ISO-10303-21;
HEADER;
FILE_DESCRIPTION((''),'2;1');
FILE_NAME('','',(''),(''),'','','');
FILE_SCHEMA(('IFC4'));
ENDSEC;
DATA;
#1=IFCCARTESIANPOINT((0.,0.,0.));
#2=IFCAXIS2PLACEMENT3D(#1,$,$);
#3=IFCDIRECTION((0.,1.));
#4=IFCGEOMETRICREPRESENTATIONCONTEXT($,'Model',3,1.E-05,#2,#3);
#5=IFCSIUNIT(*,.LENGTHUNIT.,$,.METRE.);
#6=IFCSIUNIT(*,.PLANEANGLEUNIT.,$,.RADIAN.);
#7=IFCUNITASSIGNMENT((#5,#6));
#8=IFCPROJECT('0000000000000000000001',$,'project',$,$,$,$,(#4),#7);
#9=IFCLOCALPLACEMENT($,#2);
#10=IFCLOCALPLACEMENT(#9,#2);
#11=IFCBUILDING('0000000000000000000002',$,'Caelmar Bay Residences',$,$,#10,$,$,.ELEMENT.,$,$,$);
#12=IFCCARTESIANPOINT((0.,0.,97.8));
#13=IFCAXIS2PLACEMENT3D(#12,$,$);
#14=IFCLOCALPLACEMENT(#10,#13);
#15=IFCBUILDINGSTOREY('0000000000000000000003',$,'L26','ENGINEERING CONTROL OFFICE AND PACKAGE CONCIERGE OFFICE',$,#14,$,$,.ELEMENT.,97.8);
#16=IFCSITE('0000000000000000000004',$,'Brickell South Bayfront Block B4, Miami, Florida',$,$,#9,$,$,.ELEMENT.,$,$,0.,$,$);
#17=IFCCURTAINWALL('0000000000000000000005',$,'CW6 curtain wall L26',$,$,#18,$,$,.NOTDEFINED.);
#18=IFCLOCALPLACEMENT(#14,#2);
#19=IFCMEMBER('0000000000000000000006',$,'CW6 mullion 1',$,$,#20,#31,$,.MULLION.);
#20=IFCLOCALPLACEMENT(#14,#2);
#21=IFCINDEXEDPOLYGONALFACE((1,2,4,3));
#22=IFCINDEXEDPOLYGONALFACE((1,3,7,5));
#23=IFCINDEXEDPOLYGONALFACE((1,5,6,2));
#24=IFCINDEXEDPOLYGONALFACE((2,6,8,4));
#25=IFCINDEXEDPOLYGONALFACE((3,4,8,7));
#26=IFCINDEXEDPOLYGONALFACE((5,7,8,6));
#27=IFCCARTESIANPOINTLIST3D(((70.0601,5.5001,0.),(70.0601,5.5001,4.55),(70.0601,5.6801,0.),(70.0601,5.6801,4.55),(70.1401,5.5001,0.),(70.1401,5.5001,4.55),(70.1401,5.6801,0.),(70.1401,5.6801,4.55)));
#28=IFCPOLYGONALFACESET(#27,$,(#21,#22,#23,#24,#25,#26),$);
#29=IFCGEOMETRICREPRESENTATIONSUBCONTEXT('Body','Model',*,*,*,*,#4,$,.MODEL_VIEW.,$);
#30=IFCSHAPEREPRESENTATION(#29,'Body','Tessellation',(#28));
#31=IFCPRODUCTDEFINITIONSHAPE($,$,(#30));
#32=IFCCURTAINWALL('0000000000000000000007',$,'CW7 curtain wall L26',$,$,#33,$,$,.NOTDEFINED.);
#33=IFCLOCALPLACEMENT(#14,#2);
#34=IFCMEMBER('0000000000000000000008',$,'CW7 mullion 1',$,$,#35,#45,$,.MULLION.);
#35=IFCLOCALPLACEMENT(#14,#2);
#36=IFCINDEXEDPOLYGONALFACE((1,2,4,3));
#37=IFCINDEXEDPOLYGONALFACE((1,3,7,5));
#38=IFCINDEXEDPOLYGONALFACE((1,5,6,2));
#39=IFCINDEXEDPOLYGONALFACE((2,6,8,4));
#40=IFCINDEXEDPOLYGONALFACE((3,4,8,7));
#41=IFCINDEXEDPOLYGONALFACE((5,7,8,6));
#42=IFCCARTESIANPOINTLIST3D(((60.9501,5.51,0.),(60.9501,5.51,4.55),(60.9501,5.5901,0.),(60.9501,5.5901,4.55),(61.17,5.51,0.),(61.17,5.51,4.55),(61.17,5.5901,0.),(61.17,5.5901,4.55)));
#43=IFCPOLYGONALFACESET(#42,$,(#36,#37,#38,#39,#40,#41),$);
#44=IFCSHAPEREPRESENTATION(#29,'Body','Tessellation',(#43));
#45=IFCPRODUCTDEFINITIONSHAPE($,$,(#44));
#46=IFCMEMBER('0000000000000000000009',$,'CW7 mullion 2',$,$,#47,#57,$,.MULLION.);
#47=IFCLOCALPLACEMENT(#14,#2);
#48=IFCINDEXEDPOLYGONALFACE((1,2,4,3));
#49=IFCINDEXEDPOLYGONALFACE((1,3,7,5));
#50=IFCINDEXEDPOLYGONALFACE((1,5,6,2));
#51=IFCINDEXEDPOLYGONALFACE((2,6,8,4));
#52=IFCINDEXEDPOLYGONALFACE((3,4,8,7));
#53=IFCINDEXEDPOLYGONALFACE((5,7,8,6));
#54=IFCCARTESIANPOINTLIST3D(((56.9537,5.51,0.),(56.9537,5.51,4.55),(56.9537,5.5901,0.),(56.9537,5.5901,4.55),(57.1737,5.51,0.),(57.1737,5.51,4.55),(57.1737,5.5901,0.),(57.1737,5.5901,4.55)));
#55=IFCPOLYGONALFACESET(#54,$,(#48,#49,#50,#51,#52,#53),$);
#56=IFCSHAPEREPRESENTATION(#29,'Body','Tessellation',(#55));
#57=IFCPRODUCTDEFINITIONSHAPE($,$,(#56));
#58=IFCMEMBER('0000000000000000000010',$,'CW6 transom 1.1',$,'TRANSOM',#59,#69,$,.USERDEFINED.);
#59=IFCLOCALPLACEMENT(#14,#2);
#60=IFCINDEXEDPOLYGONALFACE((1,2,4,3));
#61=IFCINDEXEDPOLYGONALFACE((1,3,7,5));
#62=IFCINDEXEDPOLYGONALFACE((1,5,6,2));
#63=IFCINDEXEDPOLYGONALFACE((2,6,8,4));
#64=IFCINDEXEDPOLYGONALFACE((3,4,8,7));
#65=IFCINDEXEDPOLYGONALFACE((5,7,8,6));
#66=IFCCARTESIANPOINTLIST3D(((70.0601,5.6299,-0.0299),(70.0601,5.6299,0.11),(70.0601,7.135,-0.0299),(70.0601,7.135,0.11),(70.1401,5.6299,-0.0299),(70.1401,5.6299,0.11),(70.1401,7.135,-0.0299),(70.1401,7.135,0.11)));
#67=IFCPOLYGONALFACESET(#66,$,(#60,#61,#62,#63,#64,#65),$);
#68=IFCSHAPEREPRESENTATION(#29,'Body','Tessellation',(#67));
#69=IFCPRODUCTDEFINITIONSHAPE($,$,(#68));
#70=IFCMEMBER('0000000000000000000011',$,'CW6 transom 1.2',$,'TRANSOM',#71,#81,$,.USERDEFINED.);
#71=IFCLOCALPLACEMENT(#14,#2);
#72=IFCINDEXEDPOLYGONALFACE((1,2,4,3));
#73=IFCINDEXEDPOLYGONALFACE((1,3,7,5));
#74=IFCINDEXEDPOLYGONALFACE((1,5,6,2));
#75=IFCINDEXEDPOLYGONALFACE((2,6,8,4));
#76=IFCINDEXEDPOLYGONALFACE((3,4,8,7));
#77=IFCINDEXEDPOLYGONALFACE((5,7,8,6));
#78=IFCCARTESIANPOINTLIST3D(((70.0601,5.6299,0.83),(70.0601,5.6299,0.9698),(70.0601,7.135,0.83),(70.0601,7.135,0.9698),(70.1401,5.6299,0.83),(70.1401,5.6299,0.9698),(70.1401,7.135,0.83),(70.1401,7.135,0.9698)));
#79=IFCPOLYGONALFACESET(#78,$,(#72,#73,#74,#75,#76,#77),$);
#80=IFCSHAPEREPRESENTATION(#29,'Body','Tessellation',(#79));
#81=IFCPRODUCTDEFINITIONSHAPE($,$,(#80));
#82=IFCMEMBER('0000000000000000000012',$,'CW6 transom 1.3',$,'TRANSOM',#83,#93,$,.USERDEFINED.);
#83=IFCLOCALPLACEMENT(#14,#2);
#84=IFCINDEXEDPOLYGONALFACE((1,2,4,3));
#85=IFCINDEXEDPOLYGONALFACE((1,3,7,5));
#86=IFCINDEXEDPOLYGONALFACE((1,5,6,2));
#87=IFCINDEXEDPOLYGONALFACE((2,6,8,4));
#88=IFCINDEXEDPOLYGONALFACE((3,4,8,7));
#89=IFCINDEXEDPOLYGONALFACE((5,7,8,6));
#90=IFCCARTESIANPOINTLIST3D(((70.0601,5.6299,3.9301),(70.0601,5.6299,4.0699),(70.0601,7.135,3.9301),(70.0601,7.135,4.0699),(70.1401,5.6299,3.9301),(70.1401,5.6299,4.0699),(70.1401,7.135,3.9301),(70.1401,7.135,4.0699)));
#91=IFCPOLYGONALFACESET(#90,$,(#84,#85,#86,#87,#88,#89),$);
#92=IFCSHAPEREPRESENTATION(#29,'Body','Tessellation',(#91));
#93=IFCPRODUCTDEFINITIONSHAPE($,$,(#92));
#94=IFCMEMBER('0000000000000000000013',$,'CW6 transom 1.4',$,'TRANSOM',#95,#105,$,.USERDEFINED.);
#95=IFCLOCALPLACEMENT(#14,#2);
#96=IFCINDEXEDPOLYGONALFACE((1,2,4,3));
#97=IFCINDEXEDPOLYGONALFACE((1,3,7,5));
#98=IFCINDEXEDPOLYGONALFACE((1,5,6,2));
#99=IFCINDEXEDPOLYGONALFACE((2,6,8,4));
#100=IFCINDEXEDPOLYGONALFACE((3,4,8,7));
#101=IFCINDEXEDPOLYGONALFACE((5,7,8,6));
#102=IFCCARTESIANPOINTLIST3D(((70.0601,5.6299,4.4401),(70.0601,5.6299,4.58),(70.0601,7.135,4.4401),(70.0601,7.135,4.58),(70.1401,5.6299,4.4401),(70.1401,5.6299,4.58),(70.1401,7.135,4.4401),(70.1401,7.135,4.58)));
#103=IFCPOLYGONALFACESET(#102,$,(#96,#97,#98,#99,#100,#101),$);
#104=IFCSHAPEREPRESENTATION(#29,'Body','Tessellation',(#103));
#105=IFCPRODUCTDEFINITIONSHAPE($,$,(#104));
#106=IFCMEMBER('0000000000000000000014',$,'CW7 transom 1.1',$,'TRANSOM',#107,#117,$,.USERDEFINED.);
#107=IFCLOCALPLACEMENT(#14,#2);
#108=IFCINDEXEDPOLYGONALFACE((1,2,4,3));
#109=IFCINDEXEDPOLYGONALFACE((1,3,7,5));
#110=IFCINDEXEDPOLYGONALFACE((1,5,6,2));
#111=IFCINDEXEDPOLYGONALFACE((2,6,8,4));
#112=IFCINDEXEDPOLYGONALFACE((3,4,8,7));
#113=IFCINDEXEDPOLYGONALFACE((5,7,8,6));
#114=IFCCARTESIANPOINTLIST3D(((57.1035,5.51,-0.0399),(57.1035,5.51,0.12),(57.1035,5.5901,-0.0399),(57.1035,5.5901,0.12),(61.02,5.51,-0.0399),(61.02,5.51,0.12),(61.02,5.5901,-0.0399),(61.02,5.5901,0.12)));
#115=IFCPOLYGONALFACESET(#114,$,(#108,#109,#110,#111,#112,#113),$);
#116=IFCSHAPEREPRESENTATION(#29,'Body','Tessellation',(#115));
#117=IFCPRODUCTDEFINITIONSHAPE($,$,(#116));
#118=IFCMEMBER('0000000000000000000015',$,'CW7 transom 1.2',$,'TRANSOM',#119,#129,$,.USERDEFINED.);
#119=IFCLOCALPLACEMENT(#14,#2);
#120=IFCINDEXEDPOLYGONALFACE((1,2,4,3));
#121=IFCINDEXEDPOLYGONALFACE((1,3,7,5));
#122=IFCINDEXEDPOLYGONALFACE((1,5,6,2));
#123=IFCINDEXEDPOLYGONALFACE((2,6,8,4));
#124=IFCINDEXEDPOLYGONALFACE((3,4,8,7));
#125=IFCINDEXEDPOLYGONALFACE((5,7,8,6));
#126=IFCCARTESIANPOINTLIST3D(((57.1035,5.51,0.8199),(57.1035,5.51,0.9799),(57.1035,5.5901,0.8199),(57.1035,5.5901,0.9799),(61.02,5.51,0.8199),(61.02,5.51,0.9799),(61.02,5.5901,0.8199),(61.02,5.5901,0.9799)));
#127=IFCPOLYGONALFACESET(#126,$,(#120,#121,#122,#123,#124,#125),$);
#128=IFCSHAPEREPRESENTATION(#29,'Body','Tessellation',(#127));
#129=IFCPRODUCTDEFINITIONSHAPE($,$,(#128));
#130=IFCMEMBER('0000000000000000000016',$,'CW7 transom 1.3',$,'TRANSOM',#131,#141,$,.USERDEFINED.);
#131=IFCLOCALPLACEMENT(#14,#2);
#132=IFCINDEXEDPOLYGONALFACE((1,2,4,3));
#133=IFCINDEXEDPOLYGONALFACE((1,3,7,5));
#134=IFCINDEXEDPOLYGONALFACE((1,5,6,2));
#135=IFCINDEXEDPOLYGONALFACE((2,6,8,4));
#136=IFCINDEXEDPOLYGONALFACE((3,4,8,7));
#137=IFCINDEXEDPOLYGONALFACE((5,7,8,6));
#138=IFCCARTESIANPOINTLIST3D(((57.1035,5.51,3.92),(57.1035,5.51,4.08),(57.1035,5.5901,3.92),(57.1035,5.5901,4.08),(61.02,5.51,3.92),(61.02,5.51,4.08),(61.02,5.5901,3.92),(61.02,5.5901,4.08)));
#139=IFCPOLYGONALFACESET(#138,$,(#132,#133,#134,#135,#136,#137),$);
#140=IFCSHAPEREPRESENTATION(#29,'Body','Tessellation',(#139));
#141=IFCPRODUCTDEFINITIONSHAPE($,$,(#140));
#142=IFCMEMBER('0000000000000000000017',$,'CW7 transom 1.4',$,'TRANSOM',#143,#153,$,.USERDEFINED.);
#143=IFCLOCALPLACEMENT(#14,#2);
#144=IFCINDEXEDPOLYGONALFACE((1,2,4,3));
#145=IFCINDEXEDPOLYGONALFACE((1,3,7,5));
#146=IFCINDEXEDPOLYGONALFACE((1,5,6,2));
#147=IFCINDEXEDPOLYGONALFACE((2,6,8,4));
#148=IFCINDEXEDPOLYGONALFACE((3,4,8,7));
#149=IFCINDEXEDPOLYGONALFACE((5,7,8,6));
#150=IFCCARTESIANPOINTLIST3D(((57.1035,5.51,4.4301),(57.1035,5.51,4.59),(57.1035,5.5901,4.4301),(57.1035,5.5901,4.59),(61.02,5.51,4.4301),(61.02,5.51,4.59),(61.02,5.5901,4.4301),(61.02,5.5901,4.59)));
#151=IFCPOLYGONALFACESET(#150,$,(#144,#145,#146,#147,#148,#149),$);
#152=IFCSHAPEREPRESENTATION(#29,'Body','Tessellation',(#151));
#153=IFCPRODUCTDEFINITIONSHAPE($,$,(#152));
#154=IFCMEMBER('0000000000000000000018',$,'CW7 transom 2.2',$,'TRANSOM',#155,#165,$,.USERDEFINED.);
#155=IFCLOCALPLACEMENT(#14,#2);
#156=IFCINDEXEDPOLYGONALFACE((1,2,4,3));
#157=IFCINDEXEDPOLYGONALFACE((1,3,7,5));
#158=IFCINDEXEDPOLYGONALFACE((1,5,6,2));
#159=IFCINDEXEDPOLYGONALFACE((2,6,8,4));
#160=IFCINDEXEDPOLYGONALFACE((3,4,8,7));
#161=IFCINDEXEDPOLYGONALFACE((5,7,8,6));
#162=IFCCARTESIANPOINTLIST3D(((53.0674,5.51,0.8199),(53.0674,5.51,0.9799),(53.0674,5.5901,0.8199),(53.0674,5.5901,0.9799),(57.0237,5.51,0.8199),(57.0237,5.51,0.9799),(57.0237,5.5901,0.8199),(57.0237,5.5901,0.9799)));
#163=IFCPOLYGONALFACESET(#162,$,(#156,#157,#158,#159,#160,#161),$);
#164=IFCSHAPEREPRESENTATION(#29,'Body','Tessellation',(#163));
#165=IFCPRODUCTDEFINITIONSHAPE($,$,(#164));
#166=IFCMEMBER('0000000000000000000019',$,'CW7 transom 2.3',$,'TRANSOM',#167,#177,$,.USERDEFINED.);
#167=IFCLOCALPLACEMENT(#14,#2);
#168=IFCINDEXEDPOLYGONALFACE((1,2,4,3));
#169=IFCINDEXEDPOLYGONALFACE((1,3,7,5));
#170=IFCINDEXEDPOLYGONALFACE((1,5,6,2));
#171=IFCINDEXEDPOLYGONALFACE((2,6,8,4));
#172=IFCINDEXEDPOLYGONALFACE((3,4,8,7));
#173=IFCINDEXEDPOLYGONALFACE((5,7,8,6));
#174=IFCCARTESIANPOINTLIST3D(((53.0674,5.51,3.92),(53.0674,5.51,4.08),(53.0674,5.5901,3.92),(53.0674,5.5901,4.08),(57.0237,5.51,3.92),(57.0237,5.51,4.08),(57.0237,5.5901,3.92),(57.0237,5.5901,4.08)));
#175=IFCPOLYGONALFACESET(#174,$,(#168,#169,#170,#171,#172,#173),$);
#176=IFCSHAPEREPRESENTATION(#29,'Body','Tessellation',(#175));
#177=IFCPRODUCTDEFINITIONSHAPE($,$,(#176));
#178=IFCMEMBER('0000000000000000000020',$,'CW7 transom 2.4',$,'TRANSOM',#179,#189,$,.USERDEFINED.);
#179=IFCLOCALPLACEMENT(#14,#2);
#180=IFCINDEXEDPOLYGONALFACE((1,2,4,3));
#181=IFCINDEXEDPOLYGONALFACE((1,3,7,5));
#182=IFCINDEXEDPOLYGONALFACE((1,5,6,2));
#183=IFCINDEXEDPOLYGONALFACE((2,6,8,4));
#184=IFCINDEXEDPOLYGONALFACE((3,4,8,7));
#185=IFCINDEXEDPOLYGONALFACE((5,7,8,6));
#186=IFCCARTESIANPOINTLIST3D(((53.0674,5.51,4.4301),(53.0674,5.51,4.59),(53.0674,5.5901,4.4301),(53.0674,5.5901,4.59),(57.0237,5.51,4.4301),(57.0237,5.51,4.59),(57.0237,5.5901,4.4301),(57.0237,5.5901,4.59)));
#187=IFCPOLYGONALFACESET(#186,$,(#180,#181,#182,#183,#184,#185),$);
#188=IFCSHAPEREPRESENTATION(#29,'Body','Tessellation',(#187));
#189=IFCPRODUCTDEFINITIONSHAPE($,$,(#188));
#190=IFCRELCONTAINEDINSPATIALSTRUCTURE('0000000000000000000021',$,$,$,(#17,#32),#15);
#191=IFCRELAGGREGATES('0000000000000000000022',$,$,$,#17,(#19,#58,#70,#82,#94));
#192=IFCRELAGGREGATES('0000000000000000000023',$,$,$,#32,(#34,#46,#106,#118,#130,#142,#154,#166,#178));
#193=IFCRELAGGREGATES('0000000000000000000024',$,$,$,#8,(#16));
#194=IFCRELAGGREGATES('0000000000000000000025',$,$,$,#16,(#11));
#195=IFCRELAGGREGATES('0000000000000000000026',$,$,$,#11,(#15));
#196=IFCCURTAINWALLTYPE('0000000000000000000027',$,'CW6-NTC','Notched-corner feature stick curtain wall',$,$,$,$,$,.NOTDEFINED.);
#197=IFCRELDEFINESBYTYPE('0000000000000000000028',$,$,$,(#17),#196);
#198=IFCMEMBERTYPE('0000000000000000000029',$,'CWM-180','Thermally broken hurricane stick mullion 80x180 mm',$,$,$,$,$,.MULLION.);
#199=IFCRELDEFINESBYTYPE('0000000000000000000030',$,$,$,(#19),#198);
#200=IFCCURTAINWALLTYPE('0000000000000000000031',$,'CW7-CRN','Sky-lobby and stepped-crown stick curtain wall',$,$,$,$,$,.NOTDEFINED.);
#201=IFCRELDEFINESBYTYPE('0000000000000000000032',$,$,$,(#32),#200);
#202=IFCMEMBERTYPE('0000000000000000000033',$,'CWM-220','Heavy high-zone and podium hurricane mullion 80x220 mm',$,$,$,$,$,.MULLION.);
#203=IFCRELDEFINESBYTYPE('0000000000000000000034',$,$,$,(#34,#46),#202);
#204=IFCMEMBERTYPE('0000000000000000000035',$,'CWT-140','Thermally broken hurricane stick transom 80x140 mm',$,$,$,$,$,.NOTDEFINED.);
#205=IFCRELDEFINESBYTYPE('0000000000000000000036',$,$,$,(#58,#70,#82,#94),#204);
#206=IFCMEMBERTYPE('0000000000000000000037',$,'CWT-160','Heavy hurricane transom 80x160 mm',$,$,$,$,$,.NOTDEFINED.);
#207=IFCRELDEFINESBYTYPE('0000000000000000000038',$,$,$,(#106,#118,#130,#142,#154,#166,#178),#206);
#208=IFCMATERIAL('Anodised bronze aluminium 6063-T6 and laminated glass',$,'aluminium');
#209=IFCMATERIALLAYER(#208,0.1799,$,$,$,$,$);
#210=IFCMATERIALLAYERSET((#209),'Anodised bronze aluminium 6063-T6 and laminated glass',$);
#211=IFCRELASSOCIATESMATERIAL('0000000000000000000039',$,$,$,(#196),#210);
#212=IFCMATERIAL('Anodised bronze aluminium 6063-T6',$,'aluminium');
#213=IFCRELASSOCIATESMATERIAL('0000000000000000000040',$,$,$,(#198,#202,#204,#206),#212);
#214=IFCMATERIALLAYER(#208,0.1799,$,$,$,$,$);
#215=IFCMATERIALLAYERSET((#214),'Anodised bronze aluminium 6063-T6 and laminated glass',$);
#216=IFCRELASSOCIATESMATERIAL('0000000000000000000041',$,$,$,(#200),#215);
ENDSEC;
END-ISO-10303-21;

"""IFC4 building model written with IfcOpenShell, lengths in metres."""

from ifc_helpers import new_model, si_unit, direction, frame, origin, origin_2d, place, context, subcontext, project, spatial, rectangle, extrude, material, layer, layer_set, material_profile, profile_set, type_object, element, aggregate, save


model = new_model("IFC4")

# Units and contexts
model_context = context("Model", 3, precision=1e-05, world=origin(), true_north=direction((0.0, 1.0)))
body_context = subcontext(model_context, "Body", "Model", "MODEL_VIEW")
ifc_project = project(units=[si_unit("LENGTHUNIT", "METRE"), si_unit("PLANEANGLEUNIT", "RADIAN")], contexts=[model_context])

# Site, building, storey
site_placement = place(None, origin())
site = spatial("IfcSite", under=ifc_project, at=site_placement, Name="Brickell South Bayfront Block B4, Miami, Florida", CompositionType="ELEMENT", RefElevation=0.0)
building_placement = place(site_placement, origin())
building = spatial("IfcBuilding", under=site, at=building_placement, Name="Caelmar Bay Residences", CompositionType="ELEMENT")
storey_placement = place(building_placement, frame((0.0, 0.0, 97.8)))
storey = spatial("IfcBuildingStorey", under=building, at=storey_placement, Name="L26", Description="ENGINEERING CONTROL OFFICE AND PACKAGE CONCIERGE OFFICE", CompositionType="ELEMENT", Elevation=97.8)

# Curtain wall, member
ifc_material_1 = material(Name="Anodised bronze aluminium 6063-T6 and laminated glass", Category="aluminium")
ifc_layer_1 = layer(ifc_material_1, 0.1799)
ifc_layer_set_1 = layer_set([ifc_layer_1], Name="Anodised bronze aluminium 6063-T6 and laminated glass")
curtain_wall_type_1 = type_object("IfcCurtainWallType", Name="CW6-NTC", Description="Notched-corner feature stick curtain wall", PredefinedType="NOTDEFINED", material=ifc_layer_set_1)
curtain_wall_1_placement = place(storey_placement, origin())
curtain_wall_1 = element("IfcCurtainWall", 1, at=curtain_wall_1_placement, inside=storey, type_object=curtain_wall_type_1, Name="CW6 curtain wall L26", PredefinedType="NOTDEFINED")
ifc_material_2 = material(Name="Anodised bronze aluminium 6063-T6", Category="aluminium")
ifc_material_profile_1 = material_profile(ifc_material_2, rectangle(XDim=0.0801, YDim=0.1799, at=origin_2d()), Name="CWM-80X180")
ifc_profile_set_1 = profile_set([ifc_material_profile_1], Name="Anodised bronze aluminium 6063-T6")
member_type_1 = type_object("IfcMemberType", Name="CWM-180", Description="Thermally broken hurricane stick mullion 80x180 mm", PredefinedType="MULLION", material=ifc_profile_set_1)
member_1_placement = place(storey_placement, frame((70.1001, 5.5901, 0.0), z_axis=(0.0, 0.0, 1.0), x_axis=(-1.0, 0.0, 0.0)))
member_1 = element("IfcMember", 2, at=member_1_placement, type_object=member_type_1, Name="CW6 mullion 1", PredefinedType="MULLION", context=body_context, shape_type="SweptSolid", body=[
    extrude(rectangle(XDim=0.0801, YDim=0.1799, at=origin_2d()), origin(), (0.0, 0.0, 1.0), 4.55),
])

# Curtain wall, members
ifc_layer_2 = layer(ifc_material_1, 0.1799)
ifc_layer_set_2 = layer_set([ifc_layer_2], Name="Anodised bronze aluminium 6063-T6 and laminated glass")
curtain_wall_type_2 = type_object("IfcCurtainWallType", Name="CW7-CRN", Description="Sky-lobby and stepped-crown stick curtain wall", PredefinedType="NOTDEFINED", material=ifc_layer_set_2)
curtain_wall_2_placement = place(storey_placement, origin())
curtain_wall_2 = element("IfcCurtainWall", 3, at=curtain_wall_2_placement, inside=storey, type_object=curtain_wall_type_2, Name="CW7 curtain wall L26", PredefinedType="NOTDEFINED")
ifc_material_profile_2 = material_profile(ifc_material_2, rectangle(XDim=0.0801, YDim=0.22, at=origin_2d()), Name="CWM-80X220")
ifc_profile_set_2 = profile_set([ifc_material_profile_2], Name="Anodised bronze aluminium 6063-T6")
member_type_2 = type_object("IfcMemberType", Name="CWM-220", Description="Heavy high-zone and podium hurricane mullion 80x220 mm", PredefinedType="MULLION", material=ifc_profile_set_2)
member_2_placement = place(storey_placement, frame((61.0601, 5.55, 0.0), z_axis=(0.0, 0.0, 1.0), x_axis=(0.0, -1.0, 0.0)))
member_2 = element("IfcMember", 4, at=member_2_placement, type_object=member_type_2, Name="CW7 mullion 1", PredefinedType="MULLION", context=body_context, shape_type="SweptSolid", body=[
    extrude(rectangle(XDim=0.0801, YDim=0.22, at=origin_2d()), origin(), (0.0, 0.0, 1.0), 4.55),
])
member_3_placement = place(storey_placement, frame((57.0637, 5.55, 0.0), z_axis=(0.0, 0.0, 1.0), x_axis=(0.0, -1.0, 0.0)))
member_3 = element("IfcMember", 5, at=member_3_placement, type_object=member_type_2, Name="CW7 mullion 2", PredefinedType="MULLION", context=body_context, shape_type="SweptSolid", body=[
    extrude(rectangle(XDim=0.0801, YDim=0.22, at=origin_2d()), origin(), (0.0, 0.0, 1.0), 4.55),
])

# Members
ifc_material_profile_3 = material_profile(ifc_material_2, rectangle(XDim=0.0801, YDim=0.1399, at=origin_2d()), Name="CWT-80X140")
ifc_profile_set_3 = profile_set([ifc_material_profile_3], Name="Anodised bronze aluminium 6063-T6")
member_type_3 = type_object("IfcMemberType", Name="CWT-140", Description="Thermally broken hurricane stick transom 80x140 mm", PredefinedType="NOTDEFINED", material=ifc_profile_set_3)
member_4_placement = place(storey_placement, frame((70.1001, 5.6299, 0.04), z_axis=(0.0, 1.0, 0.0), x_axis=(-1.0, 0.0, 0.0)))
member_4 = element("IfcMember", 6, at=member_4_placement, type_object=member_type_3, Name="CW6 transom 1.1", ObjectType="TRANSOM", PredefinedType="USERDEFINED", context=body_context, shape_type="SweptSolid", body=[
    extrude(rectangle(XDim=0.0801, YDim=0.1399, at=origin_2d()), origin(), (0.0, 0.0, 1.0), 1.5051),
])
member_5_placement = place(storey_placement, frame((70.1001, 5.6299, 0.8999), z_axis=(0.0, 1.0, 0.0), x_axis=(-1.0, 0.0, 0.0)))
member_5 = element("IfcMember", 7, at=member_5_placement, type_object=member_type_3, Name="CW6 transom 1.2", ObjectType="TRANSOM", PredefinedType="USERDEFINED", context=body_context, shape_type="SweptSolid", body=[
    extrude(rectangle(XDim=0.0801, YDim=0.1399, at=origin_2d()), origin(), (0.0, 0.0, 1.0), 1.5051),
])
member_6_placement = place(storey_placement, frame((70.1001, 5.6299, 4.0), z_axis=(0.0, 1.0, 0.0), x_axis=(-1.0, 0.0, 0.0)))
member_6 = element("IfcMember", 8, at=member_6_placement, type_object=member_type_3, Name="CW6 transom 1.3", ObjectType="TRANSOM", PredefinedType="USERDEFINED", context=body_context, shape_type="SweptSolid", body=[
    extrude(rectangle(XDim=0.0801, YDim=0.1399, at=origin_2d()), origin(), (0.0, 0.0, 1.0), 1.5051),
])
member_7_placement = place(storey_placement, frame((70.1001, 5.6299, 4.51), z_axis=(0.0, 1.0, 0.0), x_axis=(-1.0, 0.0, 0.0)))
member_7 = element("IfcMember", 9, at=member_7_placement, type_object=member_type_3, Name="CW6 transom 1.4", ObjectType="TRANSOM", PredefinedType="USERDEFINED", context=body_context, shape_type="SweptSolid", body=[
    extrude(rectangle(XDim=0.0801, YDim=0.1399, at=origin_2d()), origin(), (0.0, 0.0, 1.0), 1.5051),
])
aggregate(curtain_wall_1, [member_1, member_4, member_5, member_6, member_7])
ifc_material_profile_4 = material_profile(ifc_material_2, rectangle(XDim=0.0801, YDim=0.1599, at=origin_2d()), Name="CWT-80X160")
ifc_profile_set_4 = profile_set([ifc_material_profile_4], Name="Anodised bronze aluminium 6063-T6")
member_type_4 = type_object("IfcMemberType", Name="CWT-160", Description="Heavy hurricane transom 80x160 mm", PredefinedType="NOTDEFINED", material=ifc_profile_set_4)
member_8_placement = place(storey_placement, frame((61.02, 5.55, 0.04), z_axis=(-1.0, 0.0, 0.0), x_axis=(0.0, -1.0, 0.0)))
member_8 = element("IfcMember", 10, at=member_8_placement, type_object=member_type_4, Name="CW7 transom 1.1", ObjectType="TRANSOM", PredefinedType="USERDEFINED", context=body_context, shape_type="SweptSolid", body=[
    extrude(rectangle(XDim=0.0801, YDim=0.1599, at=origin_2d()), origin(), (0.0, 0.0, 1.0), 3.9165),
])
member_9_placement = place(storey_placement, frame((61.02, 5.55, 0.8999), z_axis=(-1.0, 0.0, 0.0), x_axis=(0.0, -1.0, 0.0)))
member_9 = element("IfcMember", 11, at=member_9_placement, type_object=member_type_4, Name="CW7 transom 1.2", ObjectType="TRANSOM", PredefinedType="USERDEFINED", context=body_context, shape_type="SweptSolid", body=[
    extrude(rectangle(XDim=0.0801, YDim=0.1599, at=origin_2d()), origin(), (0.0, 0.0, 1.0), 3.9165),
])
member_10_placement = place(storey_placement, frame((61.02, 5.55, 4.0), z_axis=(-1.0, 0.0, 0.0), x_axis=(0.0, -1.0, 0.0)))
member_10 = element("IfcMember", 12, at=member_10_placement, type_object=member_type_4, Name="CW7 transom 1.3", ObjectType="TRANSOM", PredefinedType="USERDEFINED", context=body_context, shape_type="SweptSolid", body=[
    extrude(rectangle(XDim=0.0801, YDim=0.1599, at=origin_2d()), origin(), (0.0, 0.0, 1.0), 3.9165),
])
member_11_placement = place(storey_placement, frame((61.02, 5.55, 4.51), z_axis=(-1.0, 0.0, 0.0), x_axis=(0.0, -1.0, 0.0)))
member_11 = element("IfcMember", 13, at=member_11_placement, type_object=member_type_4, Name="CW7 transom 1.4", ObjectType="TRANSOM", PredefinedType="USERDEFINED", context=body_context, shape_type="SweptSolid", body=[
    extrude(rectangle(XDim=0.0801, YDim=0.1599, at=origin_2d()), origin(), (0.0, 0.0, 1.0), 3.9165),
])
member_12_placement = place(storey_placement, frame((57.0237, 5.55, 0.8999), z_axis=(-1.0, 0.0, 0.0), x_axis=(0.0, -1.0, 0.0)))
member_12 = element("IfcMember", 14, at=member_12_placement, type_object=member_type_4, Name="CW7 transom 2.2", ObjectType="TRANSOM", PredefinedType="USERDEFINED", context=body_context, shape_type="SweptSolid", body=[
    extrude(rectangle(XDim=0.0801, YDim=0.1599, at=origin_2d()), origin(), (0.0, 0.0, 1.0), 3.9563),
])
member_13_placement = place(storey_placement, frame((57.0237, 5.55, 4.0), z_axis=(-1.0, 0.0, 0.0), x_axis=(0.0, -1.0, 0.0)))
member_13 = element("IfcMember", 15, at=member_13_placement, type_object=member_type_4, Name="CW7 transom 2.3", ObjectType="TRANSOM", PredefinedType="USERDEFINED", context=body_context, shape_type="SweptSolid", body=[
    extrude(rectangle(XDim=0.0801, YDim=0.1599, at=origin_2d()), origin(), (0.0, 0.0, 1.0), 3.9563),
])
member_14_placement = place(storey_placement, frame((57.0237, 5.55, 4.51), z_axis=(-1.0, 0.0, 0.0), x_axis=(0.0, -1.0, 0.0)))
member_14 = element("IfcMember", 16, at=member_14_placement, type_object=member_type_4, Name="CW7 transom 2.4", ObjectType="TRANSOM", PredefinedType="USERDEFINED", context=body_context, shape_type="SweptSolid", body=[
    extrude(rectangle(XDim=0.0801, YDim=0.1599, at=origin_2d()), origin(), (0.0, 0.0, 1.0), 3.9563),
])

aggregate(curtain_wall_2, [member_2, member_3, member_8, member_9, member_10, member_11, member_12, member_13, member_14])

save(model, "model.ifc")
